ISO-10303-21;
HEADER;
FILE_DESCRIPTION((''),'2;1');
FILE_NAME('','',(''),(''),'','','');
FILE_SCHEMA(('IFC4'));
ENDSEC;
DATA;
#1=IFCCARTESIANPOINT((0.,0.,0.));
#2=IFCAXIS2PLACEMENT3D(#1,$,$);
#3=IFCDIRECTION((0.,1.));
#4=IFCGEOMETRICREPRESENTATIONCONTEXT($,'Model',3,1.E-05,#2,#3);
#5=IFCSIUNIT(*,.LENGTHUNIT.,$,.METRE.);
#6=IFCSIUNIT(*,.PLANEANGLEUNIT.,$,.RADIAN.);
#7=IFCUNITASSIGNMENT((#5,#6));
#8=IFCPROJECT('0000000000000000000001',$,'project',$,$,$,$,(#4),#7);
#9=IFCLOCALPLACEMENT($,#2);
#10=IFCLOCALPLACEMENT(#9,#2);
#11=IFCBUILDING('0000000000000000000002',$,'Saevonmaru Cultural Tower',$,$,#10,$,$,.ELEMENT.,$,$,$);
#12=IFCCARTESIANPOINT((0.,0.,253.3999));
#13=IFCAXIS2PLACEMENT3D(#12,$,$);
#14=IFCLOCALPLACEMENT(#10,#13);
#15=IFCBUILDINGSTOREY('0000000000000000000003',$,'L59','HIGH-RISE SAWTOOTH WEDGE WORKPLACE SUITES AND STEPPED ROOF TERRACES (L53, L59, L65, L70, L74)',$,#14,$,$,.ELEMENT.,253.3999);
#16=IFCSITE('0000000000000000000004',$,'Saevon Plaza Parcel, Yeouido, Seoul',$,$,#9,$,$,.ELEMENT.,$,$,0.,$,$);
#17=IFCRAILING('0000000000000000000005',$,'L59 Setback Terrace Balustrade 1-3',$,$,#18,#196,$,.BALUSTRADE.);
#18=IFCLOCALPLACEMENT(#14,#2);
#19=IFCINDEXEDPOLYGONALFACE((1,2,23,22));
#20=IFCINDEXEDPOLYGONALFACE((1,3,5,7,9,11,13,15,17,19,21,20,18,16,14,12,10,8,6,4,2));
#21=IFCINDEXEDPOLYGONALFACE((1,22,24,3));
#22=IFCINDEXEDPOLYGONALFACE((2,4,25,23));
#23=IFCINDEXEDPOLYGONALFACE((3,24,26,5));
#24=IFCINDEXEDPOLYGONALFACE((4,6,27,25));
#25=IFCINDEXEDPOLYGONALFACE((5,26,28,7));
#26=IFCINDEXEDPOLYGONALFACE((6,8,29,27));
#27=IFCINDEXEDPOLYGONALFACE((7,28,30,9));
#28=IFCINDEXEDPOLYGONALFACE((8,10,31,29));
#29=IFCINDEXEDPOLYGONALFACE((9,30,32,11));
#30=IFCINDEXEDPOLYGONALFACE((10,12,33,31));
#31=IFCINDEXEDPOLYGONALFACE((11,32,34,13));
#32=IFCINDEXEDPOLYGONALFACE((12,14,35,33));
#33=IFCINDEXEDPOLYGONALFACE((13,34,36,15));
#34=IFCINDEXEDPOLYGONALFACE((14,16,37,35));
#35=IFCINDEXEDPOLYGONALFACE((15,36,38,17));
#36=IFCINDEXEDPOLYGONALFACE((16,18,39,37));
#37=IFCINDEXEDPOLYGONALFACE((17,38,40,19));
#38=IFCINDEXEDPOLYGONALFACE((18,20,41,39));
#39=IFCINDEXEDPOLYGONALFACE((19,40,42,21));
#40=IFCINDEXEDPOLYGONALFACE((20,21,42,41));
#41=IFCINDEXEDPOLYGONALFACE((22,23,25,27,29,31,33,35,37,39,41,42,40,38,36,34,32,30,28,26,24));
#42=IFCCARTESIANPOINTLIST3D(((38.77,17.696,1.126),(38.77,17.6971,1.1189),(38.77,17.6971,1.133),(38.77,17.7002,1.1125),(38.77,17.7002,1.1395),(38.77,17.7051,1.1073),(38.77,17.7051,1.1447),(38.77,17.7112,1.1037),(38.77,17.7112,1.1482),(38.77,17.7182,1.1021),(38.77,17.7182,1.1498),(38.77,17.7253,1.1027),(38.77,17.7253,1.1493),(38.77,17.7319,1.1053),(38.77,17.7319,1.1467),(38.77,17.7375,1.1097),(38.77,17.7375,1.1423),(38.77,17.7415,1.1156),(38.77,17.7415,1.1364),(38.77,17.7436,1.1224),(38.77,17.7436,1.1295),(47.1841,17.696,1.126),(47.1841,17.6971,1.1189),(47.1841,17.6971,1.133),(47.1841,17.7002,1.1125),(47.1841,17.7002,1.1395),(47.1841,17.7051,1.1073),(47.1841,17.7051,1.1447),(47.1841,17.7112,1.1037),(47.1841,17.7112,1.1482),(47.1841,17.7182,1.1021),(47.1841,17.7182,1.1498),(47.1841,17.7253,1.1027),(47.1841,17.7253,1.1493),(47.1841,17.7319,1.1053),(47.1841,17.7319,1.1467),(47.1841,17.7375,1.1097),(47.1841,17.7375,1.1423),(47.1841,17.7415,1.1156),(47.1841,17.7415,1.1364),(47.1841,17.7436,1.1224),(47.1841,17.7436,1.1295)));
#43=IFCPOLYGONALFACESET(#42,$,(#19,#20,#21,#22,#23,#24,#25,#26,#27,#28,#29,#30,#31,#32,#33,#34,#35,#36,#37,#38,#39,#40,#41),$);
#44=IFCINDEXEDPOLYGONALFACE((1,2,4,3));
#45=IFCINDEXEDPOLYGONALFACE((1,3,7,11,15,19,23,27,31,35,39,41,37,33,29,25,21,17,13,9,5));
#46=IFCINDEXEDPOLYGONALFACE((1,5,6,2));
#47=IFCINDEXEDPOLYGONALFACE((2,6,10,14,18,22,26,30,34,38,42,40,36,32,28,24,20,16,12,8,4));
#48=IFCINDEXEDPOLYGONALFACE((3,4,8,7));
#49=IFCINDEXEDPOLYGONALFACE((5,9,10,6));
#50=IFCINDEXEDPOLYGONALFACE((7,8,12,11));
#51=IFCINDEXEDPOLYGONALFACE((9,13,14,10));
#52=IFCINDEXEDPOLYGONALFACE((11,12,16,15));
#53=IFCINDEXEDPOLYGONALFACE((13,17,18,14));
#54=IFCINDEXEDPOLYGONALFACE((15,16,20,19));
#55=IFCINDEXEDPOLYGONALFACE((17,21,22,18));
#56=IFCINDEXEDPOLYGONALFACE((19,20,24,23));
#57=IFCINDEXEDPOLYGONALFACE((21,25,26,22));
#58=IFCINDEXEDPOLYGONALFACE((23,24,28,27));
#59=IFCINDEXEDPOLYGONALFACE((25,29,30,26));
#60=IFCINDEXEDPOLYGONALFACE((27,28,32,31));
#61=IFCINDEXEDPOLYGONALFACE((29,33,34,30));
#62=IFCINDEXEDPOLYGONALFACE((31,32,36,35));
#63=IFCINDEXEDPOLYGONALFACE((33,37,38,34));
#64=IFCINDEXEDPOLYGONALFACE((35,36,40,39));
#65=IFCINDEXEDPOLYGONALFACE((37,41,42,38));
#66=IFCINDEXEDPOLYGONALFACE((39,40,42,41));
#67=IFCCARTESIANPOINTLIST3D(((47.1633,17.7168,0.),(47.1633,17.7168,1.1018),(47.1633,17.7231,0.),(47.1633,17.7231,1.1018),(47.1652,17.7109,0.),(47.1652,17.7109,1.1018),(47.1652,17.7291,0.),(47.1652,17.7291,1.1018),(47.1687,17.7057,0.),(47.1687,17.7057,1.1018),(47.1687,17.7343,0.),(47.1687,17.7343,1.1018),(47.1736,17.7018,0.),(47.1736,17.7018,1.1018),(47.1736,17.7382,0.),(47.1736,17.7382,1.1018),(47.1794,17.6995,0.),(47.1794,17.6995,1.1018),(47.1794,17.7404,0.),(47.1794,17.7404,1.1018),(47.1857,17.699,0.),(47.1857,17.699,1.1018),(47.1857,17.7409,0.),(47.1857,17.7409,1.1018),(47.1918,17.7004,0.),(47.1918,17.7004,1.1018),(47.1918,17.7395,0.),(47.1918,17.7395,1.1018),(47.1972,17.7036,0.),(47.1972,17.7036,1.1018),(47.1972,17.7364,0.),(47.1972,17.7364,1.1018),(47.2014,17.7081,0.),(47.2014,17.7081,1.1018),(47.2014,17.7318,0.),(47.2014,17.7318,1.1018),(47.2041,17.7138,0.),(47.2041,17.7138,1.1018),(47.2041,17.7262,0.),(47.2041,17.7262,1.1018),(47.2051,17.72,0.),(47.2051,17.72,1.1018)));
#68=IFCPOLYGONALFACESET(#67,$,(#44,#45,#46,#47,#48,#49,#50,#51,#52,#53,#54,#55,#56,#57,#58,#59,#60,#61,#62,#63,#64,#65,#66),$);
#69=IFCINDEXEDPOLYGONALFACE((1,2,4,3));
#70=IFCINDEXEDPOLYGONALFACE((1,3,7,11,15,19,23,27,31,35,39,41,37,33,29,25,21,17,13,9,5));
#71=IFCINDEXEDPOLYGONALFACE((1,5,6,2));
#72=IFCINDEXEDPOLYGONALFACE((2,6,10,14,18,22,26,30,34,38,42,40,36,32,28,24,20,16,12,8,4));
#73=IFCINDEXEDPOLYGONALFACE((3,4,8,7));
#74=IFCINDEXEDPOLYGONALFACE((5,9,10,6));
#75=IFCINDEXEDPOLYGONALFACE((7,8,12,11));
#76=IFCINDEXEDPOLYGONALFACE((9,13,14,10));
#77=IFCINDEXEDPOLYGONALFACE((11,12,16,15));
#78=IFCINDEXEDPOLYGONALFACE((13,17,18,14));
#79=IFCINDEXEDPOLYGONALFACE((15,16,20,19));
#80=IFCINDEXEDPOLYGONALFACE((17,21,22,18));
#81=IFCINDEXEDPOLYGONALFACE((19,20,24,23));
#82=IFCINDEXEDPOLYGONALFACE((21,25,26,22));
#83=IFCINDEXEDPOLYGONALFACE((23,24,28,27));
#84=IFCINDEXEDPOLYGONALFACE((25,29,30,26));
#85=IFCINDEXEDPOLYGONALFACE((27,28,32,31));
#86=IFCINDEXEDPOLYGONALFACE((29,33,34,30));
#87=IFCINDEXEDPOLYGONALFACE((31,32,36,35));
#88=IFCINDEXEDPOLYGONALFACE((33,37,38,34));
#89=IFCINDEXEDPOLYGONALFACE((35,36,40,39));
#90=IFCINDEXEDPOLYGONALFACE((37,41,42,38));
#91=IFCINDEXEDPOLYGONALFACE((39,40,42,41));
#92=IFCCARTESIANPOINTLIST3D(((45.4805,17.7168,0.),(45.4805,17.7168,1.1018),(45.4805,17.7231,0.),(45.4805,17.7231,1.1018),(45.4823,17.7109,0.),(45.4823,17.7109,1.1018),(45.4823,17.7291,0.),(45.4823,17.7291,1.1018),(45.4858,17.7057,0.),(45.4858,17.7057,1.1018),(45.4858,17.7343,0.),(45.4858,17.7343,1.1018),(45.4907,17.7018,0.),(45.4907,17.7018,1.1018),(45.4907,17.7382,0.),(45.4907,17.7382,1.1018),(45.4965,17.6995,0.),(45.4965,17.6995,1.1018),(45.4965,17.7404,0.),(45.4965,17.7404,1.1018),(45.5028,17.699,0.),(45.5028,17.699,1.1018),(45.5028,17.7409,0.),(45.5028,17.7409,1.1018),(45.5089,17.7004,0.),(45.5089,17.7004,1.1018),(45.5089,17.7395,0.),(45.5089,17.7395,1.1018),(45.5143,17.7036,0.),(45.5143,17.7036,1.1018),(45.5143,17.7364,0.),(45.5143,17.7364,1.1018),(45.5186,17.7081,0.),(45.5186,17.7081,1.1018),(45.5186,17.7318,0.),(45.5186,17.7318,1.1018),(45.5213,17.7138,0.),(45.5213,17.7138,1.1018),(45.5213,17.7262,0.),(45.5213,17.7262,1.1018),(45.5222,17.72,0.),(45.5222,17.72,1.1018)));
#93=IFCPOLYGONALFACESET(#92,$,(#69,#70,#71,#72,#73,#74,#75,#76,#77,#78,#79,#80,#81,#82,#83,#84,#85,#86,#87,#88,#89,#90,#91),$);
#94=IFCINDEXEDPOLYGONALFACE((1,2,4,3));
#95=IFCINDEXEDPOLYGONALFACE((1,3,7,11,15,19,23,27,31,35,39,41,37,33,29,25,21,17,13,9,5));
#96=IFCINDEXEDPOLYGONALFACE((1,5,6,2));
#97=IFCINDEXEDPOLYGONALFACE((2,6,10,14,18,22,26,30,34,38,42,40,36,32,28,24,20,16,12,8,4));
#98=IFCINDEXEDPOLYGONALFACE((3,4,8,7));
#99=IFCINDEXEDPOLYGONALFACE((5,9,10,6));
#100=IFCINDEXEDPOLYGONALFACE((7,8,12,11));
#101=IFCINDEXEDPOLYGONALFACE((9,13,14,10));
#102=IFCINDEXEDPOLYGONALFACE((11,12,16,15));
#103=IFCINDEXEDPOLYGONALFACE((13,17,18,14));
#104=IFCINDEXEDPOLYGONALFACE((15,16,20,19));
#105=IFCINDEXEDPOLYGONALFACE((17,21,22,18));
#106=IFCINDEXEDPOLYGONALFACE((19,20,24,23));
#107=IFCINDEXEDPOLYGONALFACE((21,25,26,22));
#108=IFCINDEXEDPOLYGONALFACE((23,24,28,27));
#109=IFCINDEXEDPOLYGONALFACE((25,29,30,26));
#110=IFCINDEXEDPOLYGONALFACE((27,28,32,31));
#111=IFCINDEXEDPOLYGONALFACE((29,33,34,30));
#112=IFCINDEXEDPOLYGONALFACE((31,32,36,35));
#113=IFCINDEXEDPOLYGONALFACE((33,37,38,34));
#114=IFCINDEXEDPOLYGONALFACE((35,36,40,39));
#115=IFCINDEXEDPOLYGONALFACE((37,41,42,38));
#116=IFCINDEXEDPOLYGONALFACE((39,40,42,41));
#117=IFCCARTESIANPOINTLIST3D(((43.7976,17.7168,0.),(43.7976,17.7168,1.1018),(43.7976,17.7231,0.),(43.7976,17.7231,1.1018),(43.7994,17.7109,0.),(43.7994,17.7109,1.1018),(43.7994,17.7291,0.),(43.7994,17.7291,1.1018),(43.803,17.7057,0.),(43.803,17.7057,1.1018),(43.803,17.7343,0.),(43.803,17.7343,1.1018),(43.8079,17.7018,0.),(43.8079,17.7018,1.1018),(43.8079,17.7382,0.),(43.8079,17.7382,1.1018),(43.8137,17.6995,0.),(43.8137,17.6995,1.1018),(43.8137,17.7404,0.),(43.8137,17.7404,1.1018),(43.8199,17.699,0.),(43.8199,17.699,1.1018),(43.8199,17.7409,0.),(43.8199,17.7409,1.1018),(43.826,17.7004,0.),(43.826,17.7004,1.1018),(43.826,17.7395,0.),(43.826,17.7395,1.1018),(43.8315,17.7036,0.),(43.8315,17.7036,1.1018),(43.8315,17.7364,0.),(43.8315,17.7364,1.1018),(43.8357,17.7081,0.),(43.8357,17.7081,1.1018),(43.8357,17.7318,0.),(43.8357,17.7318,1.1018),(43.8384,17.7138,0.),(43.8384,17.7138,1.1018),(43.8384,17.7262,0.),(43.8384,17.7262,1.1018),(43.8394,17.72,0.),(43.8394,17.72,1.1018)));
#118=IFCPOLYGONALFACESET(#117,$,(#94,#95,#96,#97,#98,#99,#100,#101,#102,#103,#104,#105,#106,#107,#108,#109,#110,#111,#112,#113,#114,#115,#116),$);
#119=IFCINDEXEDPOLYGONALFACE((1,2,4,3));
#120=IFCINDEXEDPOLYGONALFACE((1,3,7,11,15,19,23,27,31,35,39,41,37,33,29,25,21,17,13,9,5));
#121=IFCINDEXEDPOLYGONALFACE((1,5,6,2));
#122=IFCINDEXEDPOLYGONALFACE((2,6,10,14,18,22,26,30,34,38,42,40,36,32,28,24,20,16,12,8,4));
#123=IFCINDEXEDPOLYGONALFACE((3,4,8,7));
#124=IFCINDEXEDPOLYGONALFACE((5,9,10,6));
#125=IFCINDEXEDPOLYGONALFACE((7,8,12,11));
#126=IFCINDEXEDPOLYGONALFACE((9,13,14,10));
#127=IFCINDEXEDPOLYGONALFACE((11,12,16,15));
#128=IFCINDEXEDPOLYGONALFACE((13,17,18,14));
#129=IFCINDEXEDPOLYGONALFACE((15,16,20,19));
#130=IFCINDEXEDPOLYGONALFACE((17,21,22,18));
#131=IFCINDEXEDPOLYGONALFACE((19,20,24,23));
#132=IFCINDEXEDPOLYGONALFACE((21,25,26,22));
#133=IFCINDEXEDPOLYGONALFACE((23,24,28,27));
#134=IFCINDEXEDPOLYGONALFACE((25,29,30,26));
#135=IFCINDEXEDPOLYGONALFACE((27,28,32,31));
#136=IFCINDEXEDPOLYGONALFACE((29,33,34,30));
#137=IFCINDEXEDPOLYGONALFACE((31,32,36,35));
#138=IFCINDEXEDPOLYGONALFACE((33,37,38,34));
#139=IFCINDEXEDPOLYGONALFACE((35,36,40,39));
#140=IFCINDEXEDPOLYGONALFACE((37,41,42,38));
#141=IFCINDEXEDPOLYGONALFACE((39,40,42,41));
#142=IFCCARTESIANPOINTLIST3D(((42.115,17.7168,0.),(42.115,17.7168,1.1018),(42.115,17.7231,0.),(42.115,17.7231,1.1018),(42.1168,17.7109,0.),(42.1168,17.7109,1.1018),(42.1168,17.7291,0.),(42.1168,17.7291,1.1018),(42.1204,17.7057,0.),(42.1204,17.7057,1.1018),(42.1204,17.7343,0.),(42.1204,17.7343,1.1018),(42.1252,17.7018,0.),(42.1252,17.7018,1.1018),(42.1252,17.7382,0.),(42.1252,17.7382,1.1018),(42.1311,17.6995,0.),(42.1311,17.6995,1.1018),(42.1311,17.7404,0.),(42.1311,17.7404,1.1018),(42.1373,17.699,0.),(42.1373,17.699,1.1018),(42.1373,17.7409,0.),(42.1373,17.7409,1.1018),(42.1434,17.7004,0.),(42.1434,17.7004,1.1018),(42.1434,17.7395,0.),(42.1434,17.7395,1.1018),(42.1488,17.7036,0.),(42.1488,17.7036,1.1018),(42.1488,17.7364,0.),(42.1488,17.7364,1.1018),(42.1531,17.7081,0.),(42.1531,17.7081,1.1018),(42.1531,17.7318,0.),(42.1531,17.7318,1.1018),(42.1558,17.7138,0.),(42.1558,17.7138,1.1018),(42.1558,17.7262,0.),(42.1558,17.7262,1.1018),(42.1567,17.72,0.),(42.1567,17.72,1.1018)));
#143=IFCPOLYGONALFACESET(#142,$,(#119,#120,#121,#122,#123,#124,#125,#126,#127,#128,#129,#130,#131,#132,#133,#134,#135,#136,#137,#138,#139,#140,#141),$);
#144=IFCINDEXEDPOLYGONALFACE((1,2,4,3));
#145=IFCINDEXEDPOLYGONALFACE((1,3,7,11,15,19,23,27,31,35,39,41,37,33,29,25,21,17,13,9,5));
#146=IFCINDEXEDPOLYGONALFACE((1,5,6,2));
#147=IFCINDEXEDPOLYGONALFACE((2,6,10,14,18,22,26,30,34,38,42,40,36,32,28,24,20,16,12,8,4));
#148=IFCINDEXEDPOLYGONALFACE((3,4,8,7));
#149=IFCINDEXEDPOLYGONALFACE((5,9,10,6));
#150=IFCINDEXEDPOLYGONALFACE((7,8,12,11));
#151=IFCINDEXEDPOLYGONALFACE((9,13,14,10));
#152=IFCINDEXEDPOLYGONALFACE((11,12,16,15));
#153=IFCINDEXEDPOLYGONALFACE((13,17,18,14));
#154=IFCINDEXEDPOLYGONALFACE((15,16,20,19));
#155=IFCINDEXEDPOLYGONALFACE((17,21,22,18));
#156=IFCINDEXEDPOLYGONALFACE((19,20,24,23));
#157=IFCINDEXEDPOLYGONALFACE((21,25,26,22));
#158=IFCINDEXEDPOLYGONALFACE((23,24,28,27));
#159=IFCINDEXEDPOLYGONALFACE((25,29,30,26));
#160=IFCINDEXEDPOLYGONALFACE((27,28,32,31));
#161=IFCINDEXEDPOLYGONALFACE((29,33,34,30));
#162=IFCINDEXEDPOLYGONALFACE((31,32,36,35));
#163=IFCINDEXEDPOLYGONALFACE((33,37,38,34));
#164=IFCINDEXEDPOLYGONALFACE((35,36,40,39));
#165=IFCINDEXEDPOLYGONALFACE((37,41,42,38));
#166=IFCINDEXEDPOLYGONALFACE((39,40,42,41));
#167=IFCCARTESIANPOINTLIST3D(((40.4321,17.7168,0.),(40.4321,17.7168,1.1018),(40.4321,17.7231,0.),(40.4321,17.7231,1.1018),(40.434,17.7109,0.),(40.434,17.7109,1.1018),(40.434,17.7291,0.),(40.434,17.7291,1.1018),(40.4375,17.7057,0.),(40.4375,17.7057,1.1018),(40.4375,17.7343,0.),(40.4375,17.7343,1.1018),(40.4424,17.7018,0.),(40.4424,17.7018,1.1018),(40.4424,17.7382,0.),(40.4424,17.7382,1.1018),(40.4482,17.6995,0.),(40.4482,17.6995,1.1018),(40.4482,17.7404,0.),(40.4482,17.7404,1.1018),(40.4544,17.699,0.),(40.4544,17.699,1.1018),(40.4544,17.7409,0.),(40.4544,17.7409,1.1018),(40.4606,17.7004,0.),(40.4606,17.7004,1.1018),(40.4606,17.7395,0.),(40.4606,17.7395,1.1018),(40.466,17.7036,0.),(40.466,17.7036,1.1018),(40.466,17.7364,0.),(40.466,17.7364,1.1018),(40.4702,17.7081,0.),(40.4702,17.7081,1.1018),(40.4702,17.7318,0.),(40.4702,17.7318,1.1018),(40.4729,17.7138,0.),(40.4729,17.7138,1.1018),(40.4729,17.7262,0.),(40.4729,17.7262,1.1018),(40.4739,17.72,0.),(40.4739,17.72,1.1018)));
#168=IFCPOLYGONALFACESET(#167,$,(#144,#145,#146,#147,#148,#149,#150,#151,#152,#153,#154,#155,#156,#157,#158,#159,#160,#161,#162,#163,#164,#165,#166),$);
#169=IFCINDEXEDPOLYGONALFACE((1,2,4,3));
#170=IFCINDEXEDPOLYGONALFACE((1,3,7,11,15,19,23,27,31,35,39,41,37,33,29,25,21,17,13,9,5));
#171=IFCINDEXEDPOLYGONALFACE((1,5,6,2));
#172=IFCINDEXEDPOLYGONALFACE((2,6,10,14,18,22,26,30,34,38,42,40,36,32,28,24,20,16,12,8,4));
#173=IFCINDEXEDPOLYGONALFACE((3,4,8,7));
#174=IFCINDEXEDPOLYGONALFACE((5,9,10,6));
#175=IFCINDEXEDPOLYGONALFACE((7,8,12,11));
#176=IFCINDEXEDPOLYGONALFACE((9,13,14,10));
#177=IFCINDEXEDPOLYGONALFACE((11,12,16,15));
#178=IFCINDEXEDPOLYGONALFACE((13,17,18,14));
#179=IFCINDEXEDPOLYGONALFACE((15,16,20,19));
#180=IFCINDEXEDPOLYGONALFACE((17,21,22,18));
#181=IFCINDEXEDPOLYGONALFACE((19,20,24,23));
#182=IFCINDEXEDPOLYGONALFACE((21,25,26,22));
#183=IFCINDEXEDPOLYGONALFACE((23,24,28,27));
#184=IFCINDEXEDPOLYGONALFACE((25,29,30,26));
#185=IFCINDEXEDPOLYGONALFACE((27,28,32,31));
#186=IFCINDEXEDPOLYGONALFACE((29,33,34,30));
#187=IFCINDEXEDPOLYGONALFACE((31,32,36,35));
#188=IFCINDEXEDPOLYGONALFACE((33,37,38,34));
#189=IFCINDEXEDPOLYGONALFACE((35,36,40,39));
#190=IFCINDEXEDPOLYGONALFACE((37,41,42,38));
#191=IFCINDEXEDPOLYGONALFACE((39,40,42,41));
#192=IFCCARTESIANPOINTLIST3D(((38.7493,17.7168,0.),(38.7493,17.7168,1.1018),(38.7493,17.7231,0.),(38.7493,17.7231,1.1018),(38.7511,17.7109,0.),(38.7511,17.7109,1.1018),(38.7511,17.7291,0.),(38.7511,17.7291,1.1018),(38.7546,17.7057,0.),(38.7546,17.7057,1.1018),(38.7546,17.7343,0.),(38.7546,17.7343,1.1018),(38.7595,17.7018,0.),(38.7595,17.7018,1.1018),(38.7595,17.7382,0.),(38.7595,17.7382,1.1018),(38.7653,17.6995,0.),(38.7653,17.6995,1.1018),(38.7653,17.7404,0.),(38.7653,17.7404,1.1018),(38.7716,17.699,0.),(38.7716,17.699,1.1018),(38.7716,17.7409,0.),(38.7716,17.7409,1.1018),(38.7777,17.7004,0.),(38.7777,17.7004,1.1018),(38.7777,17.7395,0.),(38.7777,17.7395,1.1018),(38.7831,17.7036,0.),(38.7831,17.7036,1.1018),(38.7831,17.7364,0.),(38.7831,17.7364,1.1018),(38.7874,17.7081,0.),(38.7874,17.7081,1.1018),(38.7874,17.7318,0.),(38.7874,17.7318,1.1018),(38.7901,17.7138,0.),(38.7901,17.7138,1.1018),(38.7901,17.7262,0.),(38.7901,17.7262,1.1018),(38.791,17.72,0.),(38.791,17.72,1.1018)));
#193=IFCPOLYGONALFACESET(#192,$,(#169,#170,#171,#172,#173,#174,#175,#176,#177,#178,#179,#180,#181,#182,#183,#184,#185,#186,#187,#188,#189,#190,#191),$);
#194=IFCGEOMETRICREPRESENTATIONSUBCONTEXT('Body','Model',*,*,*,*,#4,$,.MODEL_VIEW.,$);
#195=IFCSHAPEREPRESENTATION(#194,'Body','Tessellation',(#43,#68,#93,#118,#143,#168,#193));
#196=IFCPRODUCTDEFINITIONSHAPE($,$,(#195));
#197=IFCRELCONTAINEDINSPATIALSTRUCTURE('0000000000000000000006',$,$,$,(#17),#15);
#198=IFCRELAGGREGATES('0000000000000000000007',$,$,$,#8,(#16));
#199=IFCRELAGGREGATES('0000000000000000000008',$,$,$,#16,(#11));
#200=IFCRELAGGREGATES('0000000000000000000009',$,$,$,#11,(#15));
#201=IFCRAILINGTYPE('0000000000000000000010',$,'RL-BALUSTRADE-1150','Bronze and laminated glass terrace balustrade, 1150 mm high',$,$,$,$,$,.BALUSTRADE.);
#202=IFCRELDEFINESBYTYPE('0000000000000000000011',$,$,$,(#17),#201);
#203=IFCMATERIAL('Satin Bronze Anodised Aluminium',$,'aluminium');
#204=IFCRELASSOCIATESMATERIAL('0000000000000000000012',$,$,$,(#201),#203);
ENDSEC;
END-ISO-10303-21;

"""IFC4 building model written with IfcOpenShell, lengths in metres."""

from ifc_helpers import new_model, si_unit, direction, frame, origin, origin_2d, place, context, subcontext, project, spatial, circle, extrude, material, type_object, element, save


model = new_model("IFC4")

# Units and contexts
model_context = context("Model", 3, precision=1e-05, world=origin(), true_north=direction((0.0, 1.0)))
body_context = subcontext(model_context, "Body", "Model", "MODEL_VIEW")
ifc_project = project(units=[si_unit("LENGTHUNIT", "METRE"), si_unit("PLANEANGLEUNIT", "RADIAN")], contexts=[model_context])

# Site, building, storey
site_placement = place(None, origin())
site = spatial("IfcSite", under=ifc_project, at=site_placement, Name="Saevon Plaza Parcel, Yeouido, Seoul", CompositionType="ELEMENT", RefElevation=0.0)
building_placement = place(site_placement, origin())
building = spatial("IfcBuilding", under=site, at=building_placement, Name="Saevonmaru Cultural Tower", CompositionType="ELEMENT")
storey_placement = place(building_placement, frame((0.0, 0.0, 253.3999)))
storey = spatial("IfcBuildingStorey", under=building, at=storey_placement, Name="L59", Description="HIGH-RISE SAWTOOTH WEDGE WORKPLACE SUITES AND STEPPED ROOF TERRACES (L53, L59, L65, L70, L74)", CompositionType="ELEMENT", Elevation=253.3999)

# Shared definitions
ifc_material_1 = material(Name="Satin Bronze Anodised Aluminium", Category="aluminium")

# Railing
railing_type = type_object("IfcRailingType", Name="RL-BALUSTRADE-1150", Description="Bronze and laminated glass terrace balustrade, 1150 mm high", PredefinedType="BALUSTRADE", material=ifc_material_1)
railing_1_placement = place(storey_placement, frame((47.1841, 17.72, 0.0)))
element("IfcRailing", 1, at=railing_1_placement, inside=storey, type_object=railing_type, Name="L59 Setback Terrace Balustrade 1-3", PredefinedType="BALUSTRADE", context=body_context, shape_type="SweptSolid", body=[
    extrude(circle(Radius=0.0239, at=origin_2d()), frame((0.0, 0.0, 1.126), z_axis=(-1.0, 0.0, 0.0), x_axis=(0.0, -1.0, 0.0)), (0.0, 0.0, 1.0), 8.4141),
    extrude(circle(Radius=0.021, at=origin_2d()), origin(), (0.0, 0.0, 1.0), 1.1018),
    extrude(circle(Radius=0.021, at=origin_2d()), frame((-1.6829, 0.0, 0.0)), (0.0, 0.0, 1.0), 1.1018),
    extrude(circle(Radius=0.021, at=origin_2d()), frame((-3.3657, 0.0, 0.0)), (0.0, 0.0, 1.0), 1.1018),
    extrude(circle(Radius=0.021, at=origin_2d()), frame((-5.0483, 0.0, 0.0)), (0.0, 0.0, 1.0), 1.1018),
    extrude(circle(Radius=0.021, at=origin_2d()), frame((-6.7312, 0.0, 0.0)), (0.0, 0.0, 1.0), 1.1018),
    extrude(circle(Radius=0.021, at=origin_2d()), frame((-8.4141, 0.0, 0.0)), (0.0, 0.0, 1.0), 1.1018),
])

save(model, "model.ifc")
